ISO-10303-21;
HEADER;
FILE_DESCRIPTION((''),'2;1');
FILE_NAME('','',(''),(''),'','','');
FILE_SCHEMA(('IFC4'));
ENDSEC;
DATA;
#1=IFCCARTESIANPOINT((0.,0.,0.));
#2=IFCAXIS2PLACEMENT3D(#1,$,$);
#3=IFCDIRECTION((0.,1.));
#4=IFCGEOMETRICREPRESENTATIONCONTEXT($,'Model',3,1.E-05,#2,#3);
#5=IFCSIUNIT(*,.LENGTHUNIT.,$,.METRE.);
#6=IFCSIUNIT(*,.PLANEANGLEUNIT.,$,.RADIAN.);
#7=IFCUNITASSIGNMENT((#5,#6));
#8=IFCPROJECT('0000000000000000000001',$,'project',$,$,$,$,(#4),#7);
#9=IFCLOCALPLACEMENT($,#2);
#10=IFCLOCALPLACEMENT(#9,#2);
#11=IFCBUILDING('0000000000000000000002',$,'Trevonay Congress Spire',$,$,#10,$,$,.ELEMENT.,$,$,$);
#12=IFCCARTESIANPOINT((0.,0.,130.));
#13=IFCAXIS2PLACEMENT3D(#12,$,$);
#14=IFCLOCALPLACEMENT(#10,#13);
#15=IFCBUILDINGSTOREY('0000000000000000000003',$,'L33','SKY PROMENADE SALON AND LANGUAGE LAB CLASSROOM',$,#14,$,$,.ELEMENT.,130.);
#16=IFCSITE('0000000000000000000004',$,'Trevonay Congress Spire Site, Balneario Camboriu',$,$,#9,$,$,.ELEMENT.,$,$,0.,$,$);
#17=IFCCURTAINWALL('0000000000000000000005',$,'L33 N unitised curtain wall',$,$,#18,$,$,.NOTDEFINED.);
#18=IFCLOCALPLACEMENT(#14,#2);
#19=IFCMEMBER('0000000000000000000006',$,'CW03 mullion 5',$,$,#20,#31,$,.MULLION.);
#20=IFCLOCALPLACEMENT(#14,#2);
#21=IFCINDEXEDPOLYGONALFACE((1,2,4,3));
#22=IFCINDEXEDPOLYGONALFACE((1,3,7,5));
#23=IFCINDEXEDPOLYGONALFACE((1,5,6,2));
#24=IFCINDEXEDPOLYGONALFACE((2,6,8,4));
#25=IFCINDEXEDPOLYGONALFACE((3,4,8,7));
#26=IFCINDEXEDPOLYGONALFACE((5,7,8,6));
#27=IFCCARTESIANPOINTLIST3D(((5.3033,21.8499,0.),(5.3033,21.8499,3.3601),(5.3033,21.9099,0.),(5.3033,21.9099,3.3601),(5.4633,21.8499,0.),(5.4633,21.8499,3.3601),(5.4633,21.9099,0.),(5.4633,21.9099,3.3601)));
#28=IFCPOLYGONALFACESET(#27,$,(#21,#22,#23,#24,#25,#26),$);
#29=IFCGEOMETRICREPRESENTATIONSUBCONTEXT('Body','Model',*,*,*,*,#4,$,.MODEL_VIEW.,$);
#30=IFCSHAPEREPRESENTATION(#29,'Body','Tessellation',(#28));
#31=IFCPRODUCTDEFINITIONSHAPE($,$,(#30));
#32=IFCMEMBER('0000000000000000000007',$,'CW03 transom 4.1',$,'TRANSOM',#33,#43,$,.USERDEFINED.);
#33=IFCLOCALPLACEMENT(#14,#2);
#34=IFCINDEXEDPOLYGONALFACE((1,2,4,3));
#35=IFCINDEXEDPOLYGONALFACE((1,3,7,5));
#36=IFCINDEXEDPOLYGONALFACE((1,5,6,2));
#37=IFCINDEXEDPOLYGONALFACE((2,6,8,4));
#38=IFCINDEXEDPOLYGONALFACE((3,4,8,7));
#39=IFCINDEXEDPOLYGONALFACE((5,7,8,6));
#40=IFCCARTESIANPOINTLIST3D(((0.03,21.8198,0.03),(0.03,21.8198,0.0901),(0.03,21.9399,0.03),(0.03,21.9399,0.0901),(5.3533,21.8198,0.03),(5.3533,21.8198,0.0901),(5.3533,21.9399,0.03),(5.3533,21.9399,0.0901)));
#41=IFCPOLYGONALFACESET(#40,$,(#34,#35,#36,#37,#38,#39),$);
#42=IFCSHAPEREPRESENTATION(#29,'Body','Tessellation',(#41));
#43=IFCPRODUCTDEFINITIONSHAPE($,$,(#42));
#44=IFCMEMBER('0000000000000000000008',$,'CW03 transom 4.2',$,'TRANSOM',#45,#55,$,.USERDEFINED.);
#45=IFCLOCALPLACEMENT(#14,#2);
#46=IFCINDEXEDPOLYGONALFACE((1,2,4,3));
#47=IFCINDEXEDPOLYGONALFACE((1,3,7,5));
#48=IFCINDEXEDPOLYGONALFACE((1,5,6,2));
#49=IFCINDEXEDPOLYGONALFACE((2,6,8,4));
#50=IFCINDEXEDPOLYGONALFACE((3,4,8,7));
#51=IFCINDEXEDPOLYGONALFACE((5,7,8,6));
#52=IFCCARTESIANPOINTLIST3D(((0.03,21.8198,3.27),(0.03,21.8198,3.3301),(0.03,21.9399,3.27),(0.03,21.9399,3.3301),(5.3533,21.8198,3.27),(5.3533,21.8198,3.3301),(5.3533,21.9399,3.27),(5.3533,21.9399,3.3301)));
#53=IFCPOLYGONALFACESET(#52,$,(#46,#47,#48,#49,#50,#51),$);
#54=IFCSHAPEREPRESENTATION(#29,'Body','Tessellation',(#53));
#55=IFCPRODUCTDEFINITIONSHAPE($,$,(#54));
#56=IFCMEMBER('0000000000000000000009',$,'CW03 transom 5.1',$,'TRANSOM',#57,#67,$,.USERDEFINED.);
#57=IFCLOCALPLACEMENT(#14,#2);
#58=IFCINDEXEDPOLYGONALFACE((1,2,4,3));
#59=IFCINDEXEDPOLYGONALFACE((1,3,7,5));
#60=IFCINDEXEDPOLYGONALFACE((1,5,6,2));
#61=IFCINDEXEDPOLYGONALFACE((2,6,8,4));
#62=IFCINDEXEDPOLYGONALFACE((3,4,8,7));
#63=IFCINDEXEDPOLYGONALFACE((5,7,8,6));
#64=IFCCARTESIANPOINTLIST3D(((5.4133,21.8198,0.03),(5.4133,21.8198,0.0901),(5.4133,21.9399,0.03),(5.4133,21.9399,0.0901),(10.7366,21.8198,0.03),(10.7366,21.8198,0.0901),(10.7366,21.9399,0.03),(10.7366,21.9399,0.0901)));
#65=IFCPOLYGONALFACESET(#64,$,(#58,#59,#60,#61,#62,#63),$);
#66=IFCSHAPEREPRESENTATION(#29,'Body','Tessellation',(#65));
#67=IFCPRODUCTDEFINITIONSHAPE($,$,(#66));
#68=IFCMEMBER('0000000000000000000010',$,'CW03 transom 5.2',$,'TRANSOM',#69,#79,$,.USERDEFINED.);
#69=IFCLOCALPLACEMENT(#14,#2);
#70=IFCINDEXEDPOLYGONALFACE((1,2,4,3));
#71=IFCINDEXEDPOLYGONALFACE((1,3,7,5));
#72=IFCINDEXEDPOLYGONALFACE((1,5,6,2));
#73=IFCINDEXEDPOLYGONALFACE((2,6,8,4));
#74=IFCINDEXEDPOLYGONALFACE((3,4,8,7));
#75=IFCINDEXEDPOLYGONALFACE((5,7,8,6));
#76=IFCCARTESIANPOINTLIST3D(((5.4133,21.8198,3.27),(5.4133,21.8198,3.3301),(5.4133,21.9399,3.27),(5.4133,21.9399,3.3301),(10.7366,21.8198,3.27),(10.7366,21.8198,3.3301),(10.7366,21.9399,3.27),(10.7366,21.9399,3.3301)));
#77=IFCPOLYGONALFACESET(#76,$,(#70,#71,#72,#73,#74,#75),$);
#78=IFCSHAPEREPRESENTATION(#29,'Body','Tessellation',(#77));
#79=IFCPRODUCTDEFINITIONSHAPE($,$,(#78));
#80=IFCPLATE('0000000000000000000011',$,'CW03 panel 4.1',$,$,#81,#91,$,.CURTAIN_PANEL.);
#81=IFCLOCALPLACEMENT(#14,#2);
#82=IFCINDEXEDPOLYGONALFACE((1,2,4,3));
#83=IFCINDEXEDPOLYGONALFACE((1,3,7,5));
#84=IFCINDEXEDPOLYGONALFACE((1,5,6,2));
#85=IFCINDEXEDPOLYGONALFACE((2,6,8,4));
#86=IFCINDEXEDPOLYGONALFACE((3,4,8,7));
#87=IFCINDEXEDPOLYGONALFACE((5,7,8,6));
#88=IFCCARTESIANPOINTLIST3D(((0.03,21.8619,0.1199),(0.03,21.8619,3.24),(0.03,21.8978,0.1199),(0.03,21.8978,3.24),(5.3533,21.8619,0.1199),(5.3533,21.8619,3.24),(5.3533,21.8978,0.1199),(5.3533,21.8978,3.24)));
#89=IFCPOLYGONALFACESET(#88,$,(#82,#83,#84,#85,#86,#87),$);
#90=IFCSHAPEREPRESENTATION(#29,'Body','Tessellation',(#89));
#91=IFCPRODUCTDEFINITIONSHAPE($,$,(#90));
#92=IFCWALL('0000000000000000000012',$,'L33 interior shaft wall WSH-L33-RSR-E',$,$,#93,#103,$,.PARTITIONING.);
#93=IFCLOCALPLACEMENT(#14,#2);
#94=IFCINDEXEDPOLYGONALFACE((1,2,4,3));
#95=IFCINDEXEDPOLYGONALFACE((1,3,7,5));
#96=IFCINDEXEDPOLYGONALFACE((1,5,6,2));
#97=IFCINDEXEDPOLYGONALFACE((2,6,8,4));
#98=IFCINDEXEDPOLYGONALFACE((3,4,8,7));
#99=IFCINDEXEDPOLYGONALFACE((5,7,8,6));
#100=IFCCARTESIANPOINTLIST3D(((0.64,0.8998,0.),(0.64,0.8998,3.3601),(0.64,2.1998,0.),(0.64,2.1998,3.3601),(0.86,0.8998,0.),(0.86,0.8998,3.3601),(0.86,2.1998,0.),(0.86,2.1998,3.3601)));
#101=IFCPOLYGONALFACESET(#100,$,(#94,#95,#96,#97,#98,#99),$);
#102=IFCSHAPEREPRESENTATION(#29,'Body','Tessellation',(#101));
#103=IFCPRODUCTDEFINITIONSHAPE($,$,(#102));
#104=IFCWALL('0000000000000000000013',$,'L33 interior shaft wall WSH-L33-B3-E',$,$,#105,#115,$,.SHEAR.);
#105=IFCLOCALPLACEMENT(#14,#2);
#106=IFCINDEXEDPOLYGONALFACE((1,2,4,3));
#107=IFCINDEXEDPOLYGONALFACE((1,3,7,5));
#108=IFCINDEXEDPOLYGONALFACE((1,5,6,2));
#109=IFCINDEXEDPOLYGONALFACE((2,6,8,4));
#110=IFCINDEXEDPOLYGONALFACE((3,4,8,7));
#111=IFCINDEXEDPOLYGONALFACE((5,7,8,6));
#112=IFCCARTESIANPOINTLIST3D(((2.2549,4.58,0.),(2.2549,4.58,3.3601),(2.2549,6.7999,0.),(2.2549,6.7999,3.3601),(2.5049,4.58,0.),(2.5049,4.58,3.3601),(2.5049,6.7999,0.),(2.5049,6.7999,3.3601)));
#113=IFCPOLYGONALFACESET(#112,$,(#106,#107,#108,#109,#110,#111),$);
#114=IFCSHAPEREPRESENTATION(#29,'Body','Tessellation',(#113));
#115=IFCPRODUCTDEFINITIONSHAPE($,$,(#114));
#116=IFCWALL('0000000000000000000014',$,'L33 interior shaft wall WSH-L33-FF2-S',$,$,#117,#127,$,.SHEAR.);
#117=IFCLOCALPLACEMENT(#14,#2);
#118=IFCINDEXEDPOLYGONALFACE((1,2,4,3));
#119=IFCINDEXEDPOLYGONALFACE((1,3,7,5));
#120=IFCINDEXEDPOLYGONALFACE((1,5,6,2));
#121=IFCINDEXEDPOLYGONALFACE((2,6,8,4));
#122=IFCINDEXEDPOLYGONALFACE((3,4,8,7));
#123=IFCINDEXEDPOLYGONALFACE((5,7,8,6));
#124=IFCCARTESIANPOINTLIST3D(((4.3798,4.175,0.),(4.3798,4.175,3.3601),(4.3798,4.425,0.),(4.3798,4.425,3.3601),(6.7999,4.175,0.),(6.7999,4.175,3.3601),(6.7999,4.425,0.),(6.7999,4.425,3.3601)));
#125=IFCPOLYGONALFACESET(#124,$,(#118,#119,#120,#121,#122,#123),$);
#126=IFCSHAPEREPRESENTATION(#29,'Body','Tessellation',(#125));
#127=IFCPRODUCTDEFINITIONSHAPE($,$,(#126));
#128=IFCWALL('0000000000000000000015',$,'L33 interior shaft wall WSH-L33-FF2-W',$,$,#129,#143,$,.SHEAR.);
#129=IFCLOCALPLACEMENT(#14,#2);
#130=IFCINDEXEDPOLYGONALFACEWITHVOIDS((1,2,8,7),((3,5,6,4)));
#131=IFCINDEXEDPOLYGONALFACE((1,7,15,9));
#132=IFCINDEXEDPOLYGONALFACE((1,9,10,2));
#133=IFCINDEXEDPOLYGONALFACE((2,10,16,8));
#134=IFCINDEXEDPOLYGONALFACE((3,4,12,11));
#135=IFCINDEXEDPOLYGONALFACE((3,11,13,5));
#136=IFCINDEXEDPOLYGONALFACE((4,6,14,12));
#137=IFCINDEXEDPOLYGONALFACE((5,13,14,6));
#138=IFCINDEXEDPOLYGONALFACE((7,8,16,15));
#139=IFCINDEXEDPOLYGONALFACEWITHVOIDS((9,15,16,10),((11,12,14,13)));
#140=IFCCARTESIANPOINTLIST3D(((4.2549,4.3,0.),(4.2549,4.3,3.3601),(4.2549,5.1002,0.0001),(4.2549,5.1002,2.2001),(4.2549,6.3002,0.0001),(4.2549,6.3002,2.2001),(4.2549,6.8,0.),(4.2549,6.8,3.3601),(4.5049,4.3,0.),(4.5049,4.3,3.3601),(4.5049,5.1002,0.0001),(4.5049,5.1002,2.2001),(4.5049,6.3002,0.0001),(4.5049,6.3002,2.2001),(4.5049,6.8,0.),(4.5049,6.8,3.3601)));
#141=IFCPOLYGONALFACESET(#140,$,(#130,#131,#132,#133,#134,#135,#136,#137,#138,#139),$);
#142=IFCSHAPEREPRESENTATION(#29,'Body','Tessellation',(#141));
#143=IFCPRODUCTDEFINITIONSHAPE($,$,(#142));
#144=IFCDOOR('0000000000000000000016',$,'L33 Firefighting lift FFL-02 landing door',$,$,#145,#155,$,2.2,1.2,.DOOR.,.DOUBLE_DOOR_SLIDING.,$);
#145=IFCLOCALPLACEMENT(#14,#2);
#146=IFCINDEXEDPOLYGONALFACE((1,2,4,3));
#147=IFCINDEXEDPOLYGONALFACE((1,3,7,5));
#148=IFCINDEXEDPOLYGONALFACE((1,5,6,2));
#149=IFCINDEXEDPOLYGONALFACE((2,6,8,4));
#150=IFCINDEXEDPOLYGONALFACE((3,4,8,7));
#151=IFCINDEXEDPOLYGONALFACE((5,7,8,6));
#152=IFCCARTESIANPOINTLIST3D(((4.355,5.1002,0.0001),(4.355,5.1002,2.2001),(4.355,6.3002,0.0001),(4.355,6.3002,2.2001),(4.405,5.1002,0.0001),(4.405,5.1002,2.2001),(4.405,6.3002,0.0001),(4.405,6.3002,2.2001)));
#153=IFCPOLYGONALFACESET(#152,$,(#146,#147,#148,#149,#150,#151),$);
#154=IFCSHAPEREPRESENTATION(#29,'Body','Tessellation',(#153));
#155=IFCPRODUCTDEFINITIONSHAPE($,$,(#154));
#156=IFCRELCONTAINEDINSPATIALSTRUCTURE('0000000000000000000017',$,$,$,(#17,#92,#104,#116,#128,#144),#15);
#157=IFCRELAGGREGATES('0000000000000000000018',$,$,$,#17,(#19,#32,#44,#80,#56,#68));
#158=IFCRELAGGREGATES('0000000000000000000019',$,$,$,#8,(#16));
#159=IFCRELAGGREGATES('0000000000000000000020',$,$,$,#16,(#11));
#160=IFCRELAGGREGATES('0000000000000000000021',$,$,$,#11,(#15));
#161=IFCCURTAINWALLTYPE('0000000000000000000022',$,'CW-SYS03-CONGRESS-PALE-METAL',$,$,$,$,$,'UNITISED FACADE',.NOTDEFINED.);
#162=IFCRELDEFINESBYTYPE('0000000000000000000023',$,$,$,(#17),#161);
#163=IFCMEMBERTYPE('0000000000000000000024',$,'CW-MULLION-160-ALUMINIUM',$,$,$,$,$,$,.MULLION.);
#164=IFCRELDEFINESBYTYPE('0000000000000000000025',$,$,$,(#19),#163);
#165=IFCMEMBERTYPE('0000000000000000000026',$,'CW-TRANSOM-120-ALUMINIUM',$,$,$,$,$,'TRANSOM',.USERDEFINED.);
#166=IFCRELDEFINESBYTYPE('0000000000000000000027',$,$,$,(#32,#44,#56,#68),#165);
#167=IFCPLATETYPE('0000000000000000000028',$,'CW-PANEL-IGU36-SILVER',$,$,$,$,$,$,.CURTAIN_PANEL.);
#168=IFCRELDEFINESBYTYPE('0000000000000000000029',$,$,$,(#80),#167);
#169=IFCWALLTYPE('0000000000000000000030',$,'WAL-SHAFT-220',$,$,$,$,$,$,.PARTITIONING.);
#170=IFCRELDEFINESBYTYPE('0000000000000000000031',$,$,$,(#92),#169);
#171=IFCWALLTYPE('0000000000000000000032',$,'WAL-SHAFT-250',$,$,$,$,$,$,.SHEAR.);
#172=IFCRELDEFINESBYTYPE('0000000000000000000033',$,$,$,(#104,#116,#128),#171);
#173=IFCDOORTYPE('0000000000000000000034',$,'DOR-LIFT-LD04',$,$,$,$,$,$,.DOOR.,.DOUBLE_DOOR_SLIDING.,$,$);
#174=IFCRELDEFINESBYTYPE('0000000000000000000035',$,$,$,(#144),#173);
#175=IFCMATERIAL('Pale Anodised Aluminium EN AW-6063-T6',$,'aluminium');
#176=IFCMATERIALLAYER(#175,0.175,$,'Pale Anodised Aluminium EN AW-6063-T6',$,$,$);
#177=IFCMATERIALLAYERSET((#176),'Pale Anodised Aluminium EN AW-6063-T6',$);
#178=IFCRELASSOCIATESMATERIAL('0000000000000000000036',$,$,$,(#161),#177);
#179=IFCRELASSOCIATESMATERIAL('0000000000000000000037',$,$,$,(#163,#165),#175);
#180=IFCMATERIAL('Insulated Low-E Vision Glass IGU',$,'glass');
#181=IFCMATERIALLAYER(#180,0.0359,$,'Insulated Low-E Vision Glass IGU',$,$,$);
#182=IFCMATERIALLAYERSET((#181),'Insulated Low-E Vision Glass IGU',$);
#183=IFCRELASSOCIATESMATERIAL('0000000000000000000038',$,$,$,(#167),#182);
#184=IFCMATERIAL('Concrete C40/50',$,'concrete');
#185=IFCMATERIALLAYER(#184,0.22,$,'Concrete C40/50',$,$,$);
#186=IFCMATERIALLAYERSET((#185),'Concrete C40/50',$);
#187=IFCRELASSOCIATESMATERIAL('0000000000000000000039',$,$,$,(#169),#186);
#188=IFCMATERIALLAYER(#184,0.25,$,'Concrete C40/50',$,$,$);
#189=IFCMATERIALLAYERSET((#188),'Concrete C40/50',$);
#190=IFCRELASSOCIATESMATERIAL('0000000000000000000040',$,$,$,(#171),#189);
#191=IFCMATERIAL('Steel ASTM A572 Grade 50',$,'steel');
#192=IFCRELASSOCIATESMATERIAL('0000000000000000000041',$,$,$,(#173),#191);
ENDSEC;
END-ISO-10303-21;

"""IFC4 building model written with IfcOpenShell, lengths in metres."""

from ifc_helpers import new_model, si_unit, direction, frame, frame_2d, origin, origin_2d, place, context, subcontext, project, spatial, rectangle, extrude, material, layer, layer_set, material_profile, profile_set, type_object, element, fill, aggregate, save


model = new_model("IFC4")

# Units and contexts
model_context = context("Model", 3, precision=1e-05, world=origin(), true_north=direction((0.0, 1.0)))
body_context = subcontext(model_context, "Body", "Model", "MODEL_VIEW")
ifc_project = project(units=[si_unit("LENGTHUNIT", "METRE"), si_unit("PLANEANGLEUNIT", "RADIAN")], contexts=[model_context])

# Site, building, storey
site_placement = place(None, origin())
site = spatial("IfcSite", under=ifc_project, at=site_placement, Name="Trevonay Congress Spire Site, Balneario Camboriu", CompositionType="ELEMENT", RefElevation=0.0)
building_placement = place(site_placement, origin())
building = spatial("IfcBuilding", under=site, at=building_placement, Name="Trevonay Congress Spire", CompositionType="ELEMENT")
storey_placement = place(building_placement, frame((0.0, 0.0, 130.0)))
storey = spatial("IfcBuildingStorey", under=building, at=storey_placement, Name="L33", Description="SKY PROMENADE SALON AND LANGUAGE LAB CLASSROOM", CompositionType="ELEMENT", Elevation=130.0)

# Shared definitions
ifc_material_1 = material(Name="Steel ASTM A572 Grade 50", Category="steel")

# Curtain wall, members, plate
ifc_material_2 = material(Name="Pale Anodised Aluminium EN AW-6063-T6", Category="aluminium")
ifc_layer_1 = layer(ifc_material_2, 0.175, Name="Pale Anodised Aluminium EN AW-6063-T6")
ifc_layer_set_1 = layer_set([ifc_layer_1], Name="Pale Anodised Aluminium EN AW-6063-T6")
curtain_wall_type = type_object("IfcCurtainWallType", Name="CW-SYS03-CONGRESS-PALE-METAL", ElementType="UNITISED FACADE", PredefinedType="NOTDEFINED", material=ifc_layer_set_1)
curtain_wall_placement = place(storey_placement, origin())
curtain_wall = element("IfcCurtainWall", 1, at=curtain_wall_placement, inside=storey, type_object=curtain_wall_type, Name="L33 N unitised curtain wall", PredefinedType="NOTDEFINED")
ifc_material_profile_1 = material_profile(ifc_material_2, rectangle(XDim=0.0601, YDim=0.1599, at=origin_2d()), Name="CW-MULLION-160-ALUMINIUM")
ifc_profile_set_1 = profile_set([ifc_material_profile_1], Name="Pale Anodised Aluminium EN AW-6063-T6")
member_type_1 = type_object("IfcMemberType", Name="CW-MULLION-160-ALUMINIUM", PredefinedType="MULLION", material=ifc_profile_set_1)
member_1_placement = place(storey_placement, frame((5.3833, 21.8799, 0.0), z_axis=(0.0, 0.0, 1.0), x_axis=(0.0, 1.0, 0.0)))
member_1 = element("IfcMember", 2, at=member_1_placement, type_object=member_type_1, Name="CW03 mullion 5", PredefinedType="MULLION", context=body_context, shape_type="SweptSolid", body=[
    extrude(rectangle(XDim=0.0601, YDim=0.1599, at=origin_2d()), origin(), (0.0, 0.0, 1.0), 3.3601),
])
ifc_material_profile_2 = material_profile(ifc_material_2, rectangle(XDim=0.1201, YDim=0.0601, at=origin_2d()), Name="CW-TRANSOM-120-ALUMINIUM")
ifc_profile_set_2 = profile_set([ifc_material_profile_2], Name="Pale Anodised Aluminium EN AW-6063-T6")
member_type_2 = type_object("IfcMemberType", Name="CW-TRANSOM-120-ALUMINIUM", ElementType="TRANSOM", PredefinedType="USERDEFINED", material=ifc_profile_set_2)
member_2_placement = place(storey_placement, frame((0.03, 21.8799, 0.0601), z_axis=(1.0, 0.0, 0.0), x_axis=(0.0, 1.0, 0.0)))
member_2 = element("IfcMember", 3, at=member_2_placement, type_object=member_type_2, Name="CW03 transom 4.1", ObjectType="TRANSOM", PredefinedType="USERDEFINED", context=body_context, shape_type="SweptSolid", body=[
    extrude(rectangle(XDim=0.1201, YDim=0.0601, at=origin_2d()), origin(), (0.0, 0.0, 1.0), 5.3232),
])
member_3_placement = place(storey_placement, frame((0.03, 21.8799, 3.3), z_axis=(1.0, 0.0, 0.0), x_axis=(0.0, 1.0, 0.0)))
member_3 = element("IfcMember", 4, at=member_3_placement, type_object=member_type_2, Name="CW03 transom 4.2", ObjectType="TRANSOM", PredefinedType="USERDEFINED", context=body_context, shape_type="SweptSolid", body=[
    extrude(rectangle(XDim=0.1201, YDim=0.0601, at=origin_2d()), origin(), (0.0, 0.0, 1.0), 5.3232),
])
member_4_placement = place(storey_placement, frame((5.4133, 21.8799, 0.0601), z_axis=(1.0, 0.0, 0.0), x_axis=(0.0, 1.0, 0.0)))
member_4 = element("IfcMember", 5, at=member_4_placement, type_object=member_type_2, Name="CW03 transom 5.1", ObjectType="TRANSOM", PredefinedType="USERDEFINED", context=body_context, shape_type="SweptSolid", body=[
    extrude(rectangle(XDim=0.1201, YDim=0.0601, at=origin_2d()), origin(), (0.0, 0.0, 1.0), 5.3232),
])
member_5_placement = place(storey_placement, frame((5.4133, 21.8799, 3.3), z_axis=(1.0, 0.0, 0.0), x_axis=(0.0, 1.0, 0.0)))
member_5 = element("IfcMember", 6, at=member_5_placement, type_object=member_type_2, Name="CW03 transom 5.2", ObjectType="TRANSOM", PredefinedType="USERDEFINED", context=body_context, shape_type="SweptSolid", body=[
    extrude(rectangle(XDim=0.1201, YDim=0.0601, at=origin_2d()), origin(), (0.0, 0.0, 1.0), 5.3232),
])
ifc_material_3 = material(Name="Insulated Low-E Vision Glass IGU", Category="glass")
ifc_layer_2 = layer(ifc_material_3, 0.0359, Name="Insulated Low-E Vision Glass IGU")
ifc_layer_set_2 = layer_set([ifc_layer_2], Name="Insulated Low-E Vision Glass IGU")
plate_type = type_object("IfcPlateType", Name="CW-PANEL-IGU36-SILVER", PredefinedType="CURTAIN_PANEL", material=ifc_layer_set_2)
plate_placement = place(storey_placement, frame((2.6917, 21.8799, 0.1199), z_axis=(0.0, 0.0, 1.0), x_axis=(1.0, 0.0, 0.0)))
plate = element("IfcPlate", 7, at=plate_placement, type_object=plate_type, Name="CW03 panel 4.1", PredefinedType="CURTAIN_PANEL", context=body_context, shape_type="SweptSolid", body=[
    extrude(rectangle(XDim=5.3232, YDim=0.0359, at=origin_2d()), origin(), (0.0, 0.0, 1.0), 3.1201),
])
aggregate(curtain_wall, [member_1, member_2, member_3, plate, member_4, member_5])

# Walls
ifc_material_4 = material(Name="Concrete C40/50", Category="concrete")
ifc_layer_3 = layer(ifc_material_4, 0.22, Name="Concrete C40/50")
ifc_layer_set_3 = layer_set([ifc_layer_3], Name="Concrete C40/50")
wall_type_1 = type_object("IfcWallType", Name="WAL-SHAFT-220", PredefinedType="PARTITIONING", material=ifc_layer_set_3)
wall_1_placement = place(storey_placement, frame((0.75, 0.8999, 0.0), z_axis=(0.0, 0.0, 1.0), x_axis=(0.0, 1.0, 0.0)))
element("IfcWall", 8, at=wall_1_placement, inside=storey, type_object=wall_type_1, Name="L33 interior shaft wall WSH-L33-RSR-E", PredefinedType="PARTITIONING", context=body_context, shape_type="SweptSolid", body=[
    extrude(rectangle(XDim=1.3, YDim=0.22, at=frame_2d((0.6499, 0.0))), origin(), (0.0, 0.0, 1.0), 3.3601),
])
ifc_layer_4 = layer(ifc_material_4, 0.25, Name="Concrete C40/50")
ifc_layer_set_4 = layer_set([ifc_layer_4], Name="Concrete C40/50")
wall_type_2 = type_object("IfcWallType", Name="WAL-SHAFT-250", PredefinedType="SHEAR", material=ifc_layer_set_4)
wall_2_placement = place(storey_placement, frame((2.3799, 4.5801, 0.0), z_axis=(0.0, 0.0, 1.0), x_axis=(0.0, 1.0, 0.0)))
element("IfcWall", 9, at=wall_2_placement, inside=storey, type_object=wall_type_2, Name="L33 interior shaft wall WSH-L33-B3-E", PredefinedType="SHEAR", context=body_context, shape_type="SweptSolid", body=[
    extrude(rectangle(XDim=2.22, YDim=0.25, at=frame_2d((1.1099, 0.0))), origin(), (0.0, 0.0, 1.0), 3.3601),
])
wall_3_placement = place(storey_placement, frame((4.3799, 4.3, 0.0), z_axis=(0.0, 0.0, 1.0), x_axis=(1.0, 0.0, 0.0)))
element("IfcWall", 10, at=wall_3_placement, inside=storey, type_object=wall_type_2, Name="L33 interior shaft wall WSH-L33-FF2-S", PredefinedType="SHEAR", context=body_context, shape_type="SweptSolid", body=[
    extrude(rectangle(XDim=2.4202, YDim=0.25, at=frame_2d((1.21, 0.0))), origin(), (0.0, 0.0, 1.0), 3.3601),
])

# Wall, opening, door
wall_4_placement = place(storey_placement, frame((4.3799, 4.3, 0.0), z_axis=(0.0, 0.0, 1.0), x_axis=(0.0, 1.0, 0.0)))
wall_4 = element("IfcWall", 11, at=wall_4_placement, inside=storey, type_object=wall_type_2, Name="L33 interior shaft wall WSH-L33-FF2-W", PredefinedType="SHEAR", context=body_context, shape_type="SweptSolid", body=[
    extrude(rectangle(XDim=2.5, YDim=0.25, at=frame_2d((1.25, 0.0))), origin(), (0.0, 0.0, 1.0), 3.3601),
])
opening_1_placement = place(wall_4_placement, frame((0.8, 0.0, 0.0)))
opening_1 = element("IfcOpeningElement", 12, at=opening_1_placement, cuts=wall_4, PredefinedType="OPENING", context=body_context, shape_type="SweptSolid", body=[
    extrude(rectangle(XDim=1.2, YDim=2.2, at=frame_2d((0.6001, 1.1001))), frame((0.0, 0.135, 0.0), z_axis=(0.0, -1.0, 0.0), x_axis=(1.0, 0.0, 0.0)), (0.0, 0.0, 1.0), 0.27),
])
door_type_1 = type_object("IfcDoorType", Name="DOR-LIFT-LD04", OperationType="DOUBLE_DOOR_SLIDING", PredefinedType="DOOR", material=ifc_material_1)
door_1_placement = place(opening_1_placement, origin())
door_1 = element("IfcDoor", 13, at=door_1_placement, inside=storey, type_object=door_type_1, Name="L33 Firefighting lift FFL-02 landing door", OperationType="DOUBLE_DOOR_SLIDING", OverallHeight=2.2, OverallWidth=1.2, PredefinedType="DOOR", context=body_context, shape_type="SweptSolid", body=[
    extrude(rectangle(XDim=1.2, YDim=2.2, at=frame_2d((0.6001, 1.1001))), frame((0.0, 0.0249, 0.0), z_axis=(0.0, -1.0, 0.0), x_axis=(1.0, 0.0, 0.0)), (0.0, 0.0, 1.0), 0.05),
])
fill(opening_1, door_1)

save(model, "model.ifc")
